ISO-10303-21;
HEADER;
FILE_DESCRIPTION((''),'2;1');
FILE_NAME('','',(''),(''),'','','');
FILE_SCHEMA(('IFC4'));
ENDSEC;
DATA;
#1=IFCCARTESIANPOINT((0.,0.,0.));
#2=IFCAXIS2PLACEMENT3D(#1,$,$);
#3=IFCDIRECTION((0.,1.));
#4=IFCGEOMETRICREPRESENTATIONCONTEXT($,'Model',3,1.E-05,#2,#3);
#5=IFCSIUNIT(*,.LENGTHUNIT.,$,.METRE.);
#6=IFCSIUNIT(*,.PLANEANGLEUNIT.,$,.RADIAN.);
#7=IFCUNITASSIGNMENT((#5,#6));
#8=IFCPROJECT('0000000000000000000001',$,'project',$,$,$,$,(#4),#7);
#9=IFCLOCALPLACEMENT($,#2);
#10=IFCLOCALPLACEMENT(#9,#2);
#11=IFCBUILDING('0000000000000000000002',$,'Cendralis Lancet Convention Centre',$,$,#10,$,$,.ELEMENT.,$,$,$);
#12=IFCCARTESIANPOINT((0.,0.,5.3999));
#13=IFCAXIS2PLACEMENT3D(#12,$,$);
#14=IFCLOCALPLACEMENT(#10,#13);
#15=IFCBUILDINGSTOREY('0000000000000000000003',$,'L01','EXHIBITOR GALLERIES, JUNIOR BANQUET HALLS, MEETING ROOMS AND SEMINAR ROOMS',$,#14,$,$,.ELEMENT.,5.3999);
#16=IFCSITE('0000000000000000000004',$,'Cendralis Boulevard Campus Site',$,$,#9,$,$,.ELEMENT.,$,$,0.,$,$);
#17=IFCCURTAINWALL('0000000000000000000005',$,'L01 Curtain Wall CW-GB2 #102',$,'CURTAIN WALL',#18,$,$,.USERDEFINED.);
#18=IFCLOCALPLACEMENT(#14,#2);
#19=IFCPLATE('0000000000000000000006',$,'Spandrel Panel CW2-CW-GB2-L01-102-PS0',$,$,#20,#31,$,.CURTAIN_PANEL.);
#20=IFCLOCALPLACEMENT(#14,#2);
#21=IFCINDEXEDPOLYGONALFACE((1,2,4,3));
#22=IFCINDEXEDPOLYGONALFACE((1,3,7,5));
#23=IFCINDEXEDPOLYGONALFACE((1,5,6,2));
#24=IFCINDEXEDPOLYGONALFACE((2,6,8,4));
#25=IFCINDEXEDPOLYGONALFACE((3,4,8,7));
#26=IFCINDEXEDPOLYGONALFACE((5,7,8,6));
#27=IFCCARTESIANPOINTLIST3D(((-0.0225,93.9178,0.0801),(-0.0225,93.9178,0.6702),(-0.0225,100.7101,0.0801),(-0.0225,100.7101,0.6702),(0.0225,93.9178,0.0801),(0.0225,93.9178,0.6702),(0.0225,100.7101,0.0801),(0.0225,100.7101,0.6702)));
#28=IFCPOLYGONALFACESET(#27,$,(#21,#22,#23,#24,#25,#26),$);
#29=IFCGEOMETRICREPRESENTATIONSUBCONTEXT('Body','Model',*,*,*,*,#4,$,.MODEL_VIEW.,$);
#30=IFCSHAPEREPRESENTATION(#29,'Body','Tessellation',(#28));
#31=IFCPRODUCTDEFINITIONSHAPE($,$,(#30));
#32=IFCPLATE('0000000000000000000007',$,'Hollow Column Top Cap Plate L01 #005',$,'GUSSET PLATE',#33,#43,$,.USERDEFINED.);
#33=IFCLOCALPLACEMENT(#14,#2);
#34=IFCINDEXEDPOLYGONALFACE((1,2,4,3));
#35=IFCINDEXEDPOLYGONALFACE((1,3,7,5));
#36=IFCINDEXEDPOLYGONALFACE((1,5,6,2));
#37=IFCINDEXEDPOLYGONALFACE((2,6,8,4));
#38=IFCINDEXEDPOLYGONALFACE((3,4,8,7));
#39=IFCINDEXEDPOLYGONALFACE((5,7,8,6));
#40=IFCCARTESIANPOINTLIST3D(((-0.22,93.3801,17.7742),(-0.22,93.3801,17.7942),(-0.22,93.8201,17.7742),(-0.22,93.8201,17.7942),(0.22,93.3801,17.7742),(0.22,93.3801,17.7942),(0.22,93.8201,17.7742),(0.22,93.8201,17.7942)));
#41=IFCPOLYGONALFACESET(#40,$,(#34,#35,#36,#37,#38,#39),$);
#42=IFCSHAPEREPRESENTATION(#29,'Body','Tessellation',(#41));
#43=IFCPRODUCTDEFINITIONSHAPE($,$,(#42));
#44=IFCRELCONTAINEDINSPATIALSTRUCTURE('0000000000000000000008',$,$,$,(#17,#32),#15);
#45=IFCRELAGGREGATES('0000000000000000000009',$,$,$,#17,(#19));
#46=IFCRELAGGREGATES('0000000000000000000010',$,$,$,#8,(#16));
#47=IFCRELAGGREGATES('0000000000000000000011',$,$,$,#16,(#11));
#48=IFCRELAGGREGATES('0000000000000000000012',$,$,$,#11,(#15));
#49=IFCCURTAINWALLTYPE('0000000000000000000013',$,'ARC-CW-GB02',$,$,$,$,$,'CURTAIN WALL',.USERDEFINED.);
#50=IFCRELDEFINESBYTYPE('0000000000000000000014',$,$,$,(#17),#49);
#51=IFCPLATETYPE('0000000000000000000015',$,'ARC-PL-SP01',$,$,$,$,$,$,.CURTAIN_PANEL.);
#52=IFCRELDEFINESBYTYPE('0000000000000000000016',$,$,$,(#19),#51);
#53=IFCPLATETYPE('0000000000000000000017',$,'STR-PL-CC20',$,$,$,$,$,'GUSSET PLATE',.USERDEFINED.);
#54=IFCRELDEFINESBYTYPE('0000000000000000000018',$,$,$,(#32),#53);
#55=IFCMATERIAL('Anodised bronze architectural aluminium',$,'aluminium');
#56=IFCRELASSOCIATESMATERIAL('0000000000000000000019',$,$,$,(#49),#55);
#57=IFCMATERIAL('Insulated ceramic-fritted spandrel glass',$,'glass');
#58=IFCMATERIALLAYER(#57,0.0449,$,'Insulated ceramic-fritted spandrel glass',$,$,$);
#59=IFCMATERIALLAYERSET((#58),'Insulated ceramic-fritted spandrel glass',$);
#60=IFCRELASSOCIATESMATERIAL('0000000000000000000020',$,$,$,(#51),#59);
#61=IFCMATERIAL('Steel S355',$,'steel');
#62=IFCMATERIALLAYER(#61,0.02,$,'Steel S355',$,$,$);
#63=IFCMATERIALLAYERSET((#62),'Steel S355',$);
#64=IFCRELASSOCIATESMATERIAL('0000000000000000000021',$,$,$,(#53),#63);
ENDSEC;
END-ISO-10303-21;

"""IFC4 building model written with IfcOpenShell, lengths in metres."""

from ifc_helpers import new_model, si_unit, direction, frame, origin, origin_2d, place, context, subcontext, project, spatial, rectangle, extrude, material, layer, layer_set, type_object, element, aggregate, save


model = new_model("IFC4")

# Units and contexts
model_context = context("Model", 3, precision=1e-05, world=origin(), true_north=direction((0.0, 1.0)))
body_context = subcontext(model_context, "Body", "Model", "MODEL_VIEW")
ifc_project = project(units=[si_unit("LENGTHUNIT", "METRE"), si_unit("PLANEANGLEUNIT", "RADIAN")], contexts=[model_context])

# Site, building, storey
site_placement = place(None, origin())
site = spatial("IfcSite", under=ifc_project, at=site_placement, Name="Cendralis Boulevard Campus Site", CompositionType="ELEMENT", RefElevation=0.0)
building_placement = place(site_placement, origin())
building = spatial("IfcBuilding", under=site, at=building_placement, Name="Cendralis Lancet Convention Centre", CompositionType="ELEMENT")
storey_placement = place(building_placement, frame((0.0, 0.0, 5.3999)))
storey = spatial("IfcBuildingStorey", under=building, at=storey_placement, Name="L01", Description="EXHIBITOR GALLERIES, JUNIOR BANQUET HALLS, MEETING ROOMS AND SEMINAR ROOMS", CompositionType="ELEMENT", Elevation=5.3999)

# Shared definitions
ifc_material_1 = material(Name="Steel S355", Category="steel")

# Shared definitions
ifc_material_2 = material(Name="Anodised bronze architectural aluminium", Category="aluminium")
curtain_wall_type = type_object("IfcCurtainWallType", Name="ARC-CW-GB02", ElementType="CURTAIN WALL", PredefinedType="USERDEFINED", material=ifc_material_2)

# Curtain wall
curtain_wall_1_placement = place(storey_placement, origin())
curtain_wall_1 = element("IfcCurtainWall", 1, at=curtain_wall_1_placement, inside=storey, type_object=curtain_wall_type, Name="L01 Curtain Wall CW-GB2 #102", ObjectType="CURTAIN WALL", PredefinedType="USERDEFINED")

# Plates
ifc_material_3 = material(Name="Insulated ceramic-fritted spandrel glass", Category="glass")
ifc_layer_1 = layer(ifc_material_3, 0.0449, Name="Insulated ceramic-fritted spandrel glass")
ifc_layer_set_1 = layer_set([ifc_layer_1], Name="Insulated ceramic-fritted spandrel glass")
plate_type_1 = type_object("IfcPlateType", Name="ARC-PL-SP01", PredefinedType="CURTAIN_PANEL", material=ifc_layer_set_1)
plate_1_placement = place(storey_placement, frame((0.0, 97.314, 0.0801), z_axis=(0.0, 0.0, 1.0), x_axis=(0.0, 1.0, 0.0)))
plate_1 = element("IfcPlate", 2, at=plate_1_placement, type_object=plate_type_1, Name="Spandrel Panel CW2-CW-GB2-L01-102-PS0", PredefinedType="CURTAIN_PANEL", context=body_context, shape_type="SweptSolid", body=[
    extrude(rectangle(XDim=6.7922, YDim=0.0449, at=origin_2d()), origin(), (0.0, 0.0, 1.0), 0.5901),
])
aggregate(curtain_wall_1, [plate_1])
ifc_layer_2 = layer(ifc_material_1, 0.02, Name="Steel S355")
ifc_layer_set_2 = layer_set([ifc_layer_2], Name="Steel S355")
plate_type_2 = type_object("IfcPlateType", Name="STR-PL-CC20", ElementType="GUSSET PLATE", PredefinedType="USERDEFINED", material=ifc_layer_set_2)
plate_2_placement = place(storey_placement, frame((0.0, 93.6001, 17.7742), z_axis=(0.0, 0.0, 1.0), x_axis=(1.0, 0.0, 0.0)))
element("IfcPlate", 3, at=plate_2_placement, inside=storey, type_object=plate_type_2, Name="Hollow Column Top Cap Plate L01 #005", ObjectType="GUSSET PLATE", PredefinedType="USERDEFINED", context=body_context, shape_type="SweptSolid", body=[
    extrude(rectangle(XDim=0.4399, YDim=0.4399, at=origin_2d()), origin(), (0.0, 0.0, 1.0), 0.02),
])

save(model, "model.ifc")
